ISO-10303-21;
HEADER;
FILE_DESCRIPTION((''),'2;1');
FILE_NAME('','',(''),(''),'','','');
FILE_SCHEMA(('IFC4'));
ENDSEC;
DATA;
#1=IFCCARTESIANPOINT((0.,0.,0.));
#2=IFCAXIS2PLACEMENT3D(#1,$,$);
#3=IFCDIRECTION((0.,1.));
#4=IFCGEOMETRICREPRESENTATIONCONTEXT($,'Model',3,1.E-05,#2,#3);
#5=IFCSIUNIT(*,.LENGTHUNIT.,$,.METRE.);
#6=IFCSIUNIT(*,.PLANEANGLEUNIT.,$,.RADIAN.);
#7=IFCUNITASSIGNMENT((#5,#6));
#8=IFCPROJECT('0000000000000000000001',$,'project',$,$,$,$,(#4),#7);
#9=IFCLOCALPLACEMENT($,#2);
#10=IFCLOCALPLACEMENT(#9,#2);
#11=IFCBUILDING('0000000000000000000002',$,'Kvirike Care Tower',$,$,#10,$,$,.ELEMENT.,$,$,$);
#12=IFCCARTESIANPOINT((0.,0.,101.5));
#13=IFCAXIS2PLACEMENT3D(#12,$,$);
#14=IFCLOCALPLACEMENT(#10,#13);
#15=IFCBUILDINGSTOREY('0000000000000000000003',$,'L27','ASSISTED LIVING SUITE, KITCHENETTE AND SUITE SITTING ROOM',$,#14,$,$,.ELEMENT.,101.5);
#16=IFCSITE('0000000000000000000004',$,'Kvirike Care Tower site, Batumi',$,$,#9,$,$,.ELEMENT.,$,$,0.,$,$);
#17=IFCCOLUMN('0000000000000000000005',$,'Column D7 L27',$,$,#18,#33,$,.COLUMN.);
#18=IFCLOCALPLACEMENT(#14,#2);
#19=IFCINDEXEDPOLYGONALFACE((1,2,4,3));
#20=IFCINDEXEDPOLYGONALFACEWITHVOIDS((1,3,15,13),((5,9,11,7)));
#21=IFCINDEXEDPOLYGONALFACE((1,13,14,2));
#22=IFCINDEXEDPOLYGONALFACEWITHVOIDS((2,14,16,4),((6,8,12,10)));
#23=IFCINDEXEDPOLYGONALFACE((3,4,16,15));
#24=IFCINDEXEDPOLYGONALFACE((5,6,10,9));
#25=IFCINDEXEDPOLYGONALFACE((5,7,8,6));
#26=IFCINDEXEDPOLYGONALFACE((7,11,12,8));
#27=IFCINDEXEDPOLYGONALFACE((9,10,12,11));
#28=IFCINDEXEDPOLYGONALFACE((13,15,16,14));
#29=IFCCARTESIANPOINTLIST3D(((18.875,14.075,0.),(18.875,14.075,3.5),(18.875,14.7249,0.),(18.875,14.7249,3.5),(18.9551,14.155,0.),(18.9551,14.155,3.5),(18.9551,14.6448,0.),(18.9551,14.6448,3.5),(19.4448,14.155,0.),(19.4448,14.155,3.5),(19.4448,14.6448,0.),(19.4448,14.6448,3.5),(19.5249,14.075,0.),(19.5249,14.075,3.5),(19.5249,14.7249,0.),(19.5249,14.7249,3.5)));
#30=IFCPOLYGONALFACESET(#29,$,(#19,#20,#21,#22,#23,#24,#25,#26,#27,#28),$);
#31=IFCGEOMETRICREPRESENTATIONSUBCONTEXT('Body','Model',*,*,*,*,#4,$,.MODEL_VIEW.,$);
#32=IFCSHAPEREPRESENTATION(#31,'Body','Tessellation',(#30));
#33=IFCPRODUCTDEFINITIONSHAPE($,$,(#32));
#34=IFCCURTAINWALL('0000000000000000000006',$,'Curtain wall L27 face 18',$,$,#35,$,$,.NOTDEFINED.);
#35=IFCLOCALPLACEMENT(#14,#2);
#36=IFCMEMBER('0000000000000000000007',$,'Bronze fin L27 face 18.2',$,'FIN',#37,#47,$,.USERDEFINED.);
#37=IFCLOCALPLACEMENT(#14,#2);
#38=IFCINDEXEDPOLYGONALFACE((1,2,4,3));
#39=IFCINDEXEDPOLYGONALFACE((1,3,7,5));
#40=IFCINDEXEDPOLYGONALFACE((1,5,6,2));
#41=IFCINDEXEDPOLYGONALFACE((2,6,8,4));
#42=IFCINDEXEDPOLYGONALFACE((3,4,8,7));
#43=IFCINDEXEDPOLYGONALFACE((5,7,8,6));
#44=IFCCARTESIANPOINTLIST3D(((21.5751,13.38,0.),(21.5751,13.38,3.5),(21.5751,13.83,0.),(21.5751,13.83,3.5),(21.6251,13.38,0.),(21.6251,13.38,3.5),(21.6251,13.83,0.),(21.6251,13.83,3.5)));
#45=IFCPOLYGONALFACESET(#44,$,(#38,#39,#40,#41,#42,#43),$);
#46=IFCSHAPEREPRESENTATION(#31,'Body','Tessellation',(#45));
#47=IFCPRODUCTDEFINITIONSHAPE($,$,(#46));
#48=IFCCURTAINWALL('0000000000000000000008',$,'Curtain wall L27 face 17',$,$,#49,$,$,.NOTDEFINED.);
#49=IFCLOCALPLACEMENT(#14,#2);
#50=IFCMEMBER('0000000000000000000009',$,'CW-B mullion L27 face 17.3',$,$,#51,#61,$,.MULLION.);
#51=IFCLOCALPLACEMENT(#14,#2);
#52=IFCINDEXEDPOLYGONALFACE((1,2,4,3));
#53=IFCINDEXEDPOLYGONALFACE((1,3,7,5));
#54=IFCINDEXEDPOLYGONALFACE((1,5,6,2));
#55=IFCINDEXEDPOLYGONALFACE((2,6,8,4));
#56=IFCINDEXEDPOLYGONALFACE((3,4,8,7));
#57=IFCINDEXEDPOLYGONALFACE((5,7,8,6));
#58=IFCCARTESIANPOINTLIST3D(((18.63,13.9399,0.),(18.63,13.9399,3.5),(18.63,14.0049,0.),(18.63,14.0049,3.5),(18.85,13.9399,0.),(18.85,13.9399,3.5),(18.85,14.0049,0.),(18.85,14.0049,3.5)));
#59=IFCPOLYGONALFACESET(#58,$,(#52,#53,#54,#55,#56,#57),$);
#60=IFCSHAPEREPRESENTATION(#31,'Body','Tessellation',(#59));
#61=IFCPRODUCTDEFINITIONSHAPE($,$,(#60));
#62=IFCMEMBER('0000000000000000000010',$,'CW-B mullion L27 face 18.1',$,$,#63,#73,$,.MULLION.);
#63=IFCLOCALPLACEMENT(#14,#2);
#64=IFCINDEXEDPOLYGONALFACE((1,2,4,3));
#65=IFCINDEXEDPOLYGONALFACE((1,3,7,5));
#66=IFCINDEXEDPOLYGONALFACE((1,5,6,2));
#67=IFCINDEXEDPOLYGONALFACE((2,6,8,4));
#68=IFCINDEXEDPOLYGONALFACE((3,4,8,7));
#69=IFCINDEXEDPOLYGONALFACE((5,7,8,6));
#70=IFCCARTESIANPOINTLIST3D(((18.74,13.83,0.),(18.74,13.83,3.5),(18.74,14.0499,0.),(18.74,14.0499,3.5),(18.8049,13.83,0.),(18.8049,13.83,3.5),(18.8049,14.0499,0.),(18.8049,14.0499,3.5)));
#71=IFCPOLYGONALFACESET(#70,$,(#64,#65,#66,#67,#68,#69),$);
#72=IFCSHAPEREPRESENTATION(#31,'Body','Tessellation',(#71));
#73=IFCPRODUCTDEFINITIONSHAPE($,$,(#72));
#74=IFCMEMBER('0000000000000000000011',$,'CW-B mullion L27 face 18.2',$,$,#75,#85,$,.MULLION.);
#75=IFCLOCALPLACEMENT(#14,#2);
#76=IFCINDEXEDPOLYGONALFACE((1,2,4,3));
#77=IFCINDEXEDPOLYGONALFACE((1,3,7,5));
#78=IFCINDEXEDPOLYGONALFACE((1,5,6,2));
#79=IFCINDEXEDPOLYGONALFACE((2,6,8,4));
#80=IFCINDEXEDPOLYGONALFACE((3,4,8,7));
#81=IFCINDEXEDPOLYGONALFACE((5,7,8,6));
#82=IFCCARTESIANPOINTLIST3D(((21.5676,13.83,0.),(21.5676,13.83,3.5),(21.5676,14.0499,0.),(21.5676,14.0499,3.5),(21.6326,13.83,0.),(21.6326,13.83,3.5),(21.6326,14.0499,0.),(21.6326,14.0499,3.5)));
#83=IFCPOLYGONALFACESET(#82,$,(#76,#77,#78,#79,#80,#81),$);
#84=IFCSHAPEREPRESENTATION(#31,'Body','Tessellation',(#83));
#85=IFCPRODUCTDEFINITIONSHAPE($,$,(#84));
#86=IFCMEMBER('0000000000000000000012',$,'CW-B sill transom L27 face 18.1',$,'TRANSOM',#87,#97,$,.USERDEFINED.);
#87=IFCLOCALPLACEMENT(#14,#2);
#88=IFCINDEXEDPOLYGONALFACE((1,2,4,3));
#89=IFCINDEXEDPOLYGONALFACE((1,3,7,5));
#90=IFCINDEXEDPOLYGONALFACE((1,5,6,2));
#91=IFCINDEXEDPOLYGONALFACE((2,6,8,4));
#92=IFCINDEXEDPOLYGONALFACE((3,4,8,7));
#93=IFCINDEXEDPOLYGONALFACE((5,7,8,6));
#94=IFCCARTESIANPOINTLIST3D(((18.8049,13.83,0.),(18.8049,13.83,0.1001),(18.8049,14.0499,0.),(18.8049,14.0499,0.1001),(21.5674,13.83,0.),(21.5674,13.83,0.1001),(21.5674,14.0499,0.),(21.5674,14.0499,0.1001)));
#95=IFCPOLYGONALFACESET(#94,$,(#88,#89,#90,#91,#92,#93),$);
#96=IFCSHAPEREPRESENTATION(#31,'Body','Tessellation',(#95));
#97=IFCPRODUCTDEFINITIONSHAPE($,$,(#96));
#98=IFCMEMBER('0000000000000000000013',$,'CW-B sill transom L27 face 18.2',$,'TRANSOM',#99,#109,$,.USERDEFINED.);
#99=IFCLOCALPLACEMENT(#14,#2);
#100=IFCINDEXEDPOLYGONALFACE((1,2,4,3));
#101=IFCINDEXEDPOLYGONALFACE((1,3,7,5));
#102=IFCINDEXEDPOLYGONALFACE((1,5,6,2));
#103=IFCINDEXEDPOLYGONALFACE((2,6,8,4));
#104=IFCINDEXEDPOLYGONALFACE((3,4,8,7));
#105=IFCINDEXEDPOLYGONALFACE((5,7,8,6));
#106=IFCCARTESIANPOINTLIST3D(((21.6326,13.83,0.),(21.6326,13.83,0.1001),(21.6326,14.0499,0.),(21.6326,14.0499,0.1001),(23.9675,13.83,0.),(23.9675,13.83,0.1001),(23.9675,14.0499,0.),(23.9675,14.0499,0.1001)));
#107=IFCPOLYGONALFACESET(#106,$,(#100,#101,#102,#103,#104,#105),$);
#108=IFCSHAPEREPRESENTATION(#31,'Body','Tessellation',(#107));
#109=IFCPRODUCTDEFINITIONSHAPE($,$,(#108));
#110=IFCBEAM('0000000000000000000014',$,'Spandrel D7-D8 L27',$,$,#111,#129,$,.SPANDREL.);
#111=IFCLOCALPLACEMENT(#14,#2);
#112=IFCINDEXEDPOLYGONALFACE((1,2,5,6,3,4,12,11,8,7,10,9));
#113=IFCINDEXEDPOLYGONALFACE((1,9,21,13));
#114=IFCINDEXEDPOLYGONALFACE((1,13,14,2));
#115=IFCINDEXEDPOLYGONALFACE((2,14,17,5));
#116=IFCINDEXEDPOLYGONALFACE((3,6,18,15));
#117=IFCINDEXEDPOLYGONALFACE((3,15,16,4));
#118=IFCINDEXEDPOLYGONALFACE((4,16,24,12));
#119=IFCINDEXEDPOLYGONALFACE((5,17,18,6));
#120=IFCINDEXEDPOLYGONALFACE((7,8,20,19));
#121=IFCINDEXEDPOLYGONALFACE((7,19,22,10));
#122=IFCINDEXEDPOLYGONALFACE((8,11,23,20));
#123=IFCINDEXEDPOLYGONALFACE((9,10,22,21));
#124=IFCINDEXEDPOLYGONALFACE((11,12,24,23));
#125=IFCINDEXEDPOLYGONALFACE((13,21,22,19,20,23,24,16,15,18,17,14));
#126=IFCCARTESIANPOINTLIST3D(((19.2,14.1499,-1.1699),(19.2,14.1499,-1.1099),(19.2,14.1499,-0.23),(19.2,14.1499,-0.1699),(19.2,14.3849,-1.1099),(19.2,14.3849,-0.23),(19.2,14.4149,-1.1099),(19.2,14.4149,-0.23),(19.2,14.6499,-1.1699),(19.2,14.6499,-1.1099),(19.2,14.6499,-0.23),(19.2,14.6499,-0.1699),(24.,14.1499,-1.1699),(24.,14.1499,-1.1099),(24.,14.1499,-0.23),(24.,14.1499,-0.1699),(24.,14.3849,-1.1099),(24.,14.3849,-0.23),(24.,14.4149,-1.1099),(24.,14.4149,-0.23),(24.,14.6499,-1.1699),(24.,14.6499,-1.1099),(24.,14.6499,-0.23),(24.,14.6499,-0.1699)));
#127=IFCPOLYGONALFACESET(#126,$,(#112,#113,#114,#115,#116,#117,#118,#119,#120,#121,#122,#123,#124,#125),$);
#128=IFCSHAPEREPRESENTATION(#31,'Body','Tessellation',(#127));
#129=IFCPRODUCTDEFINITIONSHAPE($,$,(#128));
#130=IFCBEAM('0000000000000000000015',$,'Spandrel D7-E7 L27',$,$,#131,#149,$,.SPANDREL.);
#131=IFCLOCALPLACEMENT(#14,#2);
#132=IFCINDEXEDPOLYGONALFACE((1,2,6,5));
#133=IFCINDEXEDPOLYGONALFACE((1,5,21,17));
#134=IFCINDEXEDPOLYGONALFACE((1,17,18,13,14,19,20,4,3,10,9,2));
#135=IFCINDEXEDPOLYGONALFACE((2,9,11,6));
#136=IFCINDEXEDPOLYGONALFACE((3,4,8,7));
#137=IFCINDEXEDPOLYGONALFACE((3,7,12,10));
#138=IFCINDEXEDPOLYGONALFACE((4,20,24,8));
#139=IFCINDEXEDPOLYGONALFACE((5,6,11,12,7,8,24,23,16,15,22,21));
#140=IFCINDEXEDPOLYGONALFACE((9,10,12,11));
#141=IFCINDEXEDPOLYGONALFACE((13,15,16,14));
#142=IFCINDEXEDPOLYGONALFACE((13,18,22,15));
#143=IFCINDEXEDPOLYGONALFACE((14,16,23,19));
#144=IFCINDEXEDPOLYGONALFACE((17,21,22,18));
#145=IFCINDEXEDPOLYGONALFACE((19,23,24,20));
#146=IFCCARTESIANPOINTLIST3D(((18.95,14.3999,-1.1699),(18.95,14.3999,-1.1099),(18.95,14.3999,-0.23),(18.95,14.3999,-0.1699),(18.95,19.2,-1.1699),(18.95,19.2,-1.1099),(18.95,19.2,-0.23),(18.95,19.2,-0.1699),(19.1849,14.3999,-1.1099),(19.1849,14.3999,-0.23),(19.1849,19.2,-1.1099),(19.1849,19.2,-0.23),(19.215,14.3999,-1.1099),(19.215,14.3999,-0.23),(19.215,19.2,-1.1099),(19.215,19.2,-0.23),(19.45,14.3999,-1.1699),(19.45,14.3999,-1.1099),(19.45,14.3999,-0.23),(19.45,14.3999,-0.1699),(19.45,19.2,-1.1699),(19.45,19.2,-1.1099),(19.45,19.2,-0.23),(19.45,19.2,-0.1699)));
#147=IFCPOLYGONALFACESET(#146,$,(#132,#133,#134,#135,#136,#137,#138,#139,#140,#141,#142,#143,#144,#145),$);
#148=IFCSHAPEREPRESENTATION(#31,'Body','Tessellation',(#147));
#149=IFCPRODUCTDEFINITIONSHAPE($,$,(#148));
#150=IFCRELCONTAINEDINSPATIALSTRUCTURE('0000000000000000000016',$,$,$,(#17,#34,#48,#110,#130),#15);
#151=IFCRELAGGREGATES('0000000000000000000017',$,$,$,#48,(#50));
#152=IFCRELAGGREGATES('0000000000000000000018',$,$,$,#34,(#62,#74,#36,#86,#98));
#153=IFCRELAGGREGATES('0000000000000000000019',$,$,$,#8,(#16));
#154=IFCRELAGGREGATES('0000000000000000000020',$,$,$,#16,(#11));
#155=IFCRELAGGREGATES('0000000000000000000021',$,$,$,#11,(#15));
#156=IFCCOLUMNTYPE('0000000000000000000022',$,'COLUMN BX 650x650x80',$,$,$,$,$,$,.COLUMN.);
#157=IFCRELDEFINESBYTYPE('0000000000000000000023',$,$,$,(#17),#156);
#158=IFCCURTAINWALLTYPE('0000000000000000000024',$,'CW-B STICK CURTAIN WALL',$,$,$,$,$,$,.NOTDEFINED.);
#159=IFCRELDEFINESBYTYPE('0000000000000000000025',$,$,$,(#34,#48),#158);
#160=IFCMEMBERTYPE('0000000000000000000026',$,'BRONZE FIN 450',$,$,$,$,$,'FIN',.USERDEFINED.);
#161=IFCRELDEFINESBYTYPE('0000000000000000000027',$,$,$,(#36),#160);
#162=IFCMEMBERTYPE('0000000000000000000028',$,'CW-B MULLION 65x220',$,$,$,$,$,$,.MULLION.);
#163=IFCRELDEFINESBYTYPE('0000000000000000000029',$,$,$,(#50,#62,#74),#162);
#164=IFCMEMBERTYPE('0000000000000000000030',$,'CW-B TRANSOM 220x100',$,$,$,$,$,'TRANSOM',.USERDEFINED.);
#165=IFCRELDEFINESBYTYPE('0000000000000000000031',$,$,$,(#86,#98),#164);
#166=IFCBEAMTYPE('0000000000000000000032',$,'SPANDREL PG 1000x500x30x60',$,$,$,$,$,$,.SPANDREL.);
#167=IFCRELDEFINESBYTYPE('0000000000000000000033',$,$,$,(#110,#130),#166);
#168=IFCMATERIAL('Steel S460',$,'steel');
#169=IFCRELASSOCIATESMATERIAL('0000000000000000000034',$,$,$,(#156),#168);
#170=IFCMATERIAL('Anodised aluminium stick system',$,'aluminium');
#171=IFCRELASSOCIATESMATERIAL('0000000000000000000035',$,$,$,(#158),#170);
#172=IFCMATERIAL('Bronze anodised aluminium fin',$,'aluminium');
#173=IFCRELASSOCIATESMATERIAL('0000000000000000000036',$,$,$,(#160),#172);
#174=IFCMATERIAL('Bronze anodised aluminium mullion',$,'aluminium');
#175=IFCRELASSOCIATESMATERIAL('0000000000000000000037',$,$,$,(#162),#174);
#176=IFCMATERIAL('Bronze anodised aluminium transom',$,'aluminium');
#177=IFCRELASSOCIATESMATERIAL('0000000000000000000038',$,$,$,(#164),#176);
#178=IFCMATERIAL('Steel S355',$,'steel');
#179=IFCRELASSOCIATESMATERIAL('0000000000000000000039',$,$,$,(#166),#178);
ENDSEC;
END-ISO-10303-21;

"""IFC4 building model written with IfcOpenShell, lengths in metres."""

from ifc_helpers import new_model, si_unit, direction, frame, origin, origin_2d, place, context, subcontext, project, spatial, rectangle, hollow_rectangle, i_section, extrude, material, material_profile, profile_set, type_object, element, aggregate, save


model = new_model("IFC4")

# Units and contexts
model_context = context("Model", 3, precision=1e-05, world=origin(), true_north=direction((0.0, 1.0)))
body_context = subcontext(model_context, "Body", "Model", "MODEL_VIEW")
ifc_project = project(units=[si_unit("LENGTHUNIT", "METRE"), si_unit("PLANEANGLEUNIT", "RADIAN")], contexts=[model_context])

# Site, building, storey
site_placement = place(None, origin())
site = spatial("IfcSite", under=ifc_project, at=site_placement, Name="Kvirike Care Tower site, Batumi", CompositionType="ELEMENT", RefElevation=0.0)
building_placement = place(site_placement, origin())
building = spatial("IfcBuilding", under=site, at=building_placement, Name="Kvirike Care Tower", CompositionType="ELEMENT")
storey_placement = place(building_placement, frame((0.0, 0.0, 101.5)))
storey = spatial("IfcBuildingStorey", under=building, at=storey_placement, Name="L27", Description="ASSISTED LIVING SUITE, KITCHENETTE AND SUITE SITTING ROOM", CompositionType="ELEMENT", Elevation=101.5)

# Column
ifc_material_1 = material(Name="Steel S460", Category="steel")
ifc_material_profile_1 = material_profile(ifc_material_1, hollow_rectangle(XDim=0.6499, YDim=0.6499, WallThickness=0.0801, at=origin_2d()), Name="BX 650x650x80")
ifc_profile_set_1 = profile_set([ifc_material_profile_1], Name="Steel S460")
column_type = type_object("IfcColumnType", Name="COLUMN BX 650x650x80", PredefinedType="COLUMN", material=ifc_profile_set_1)
column_placement = place(storey_placement, frame((19.2, 14.3999, 0.0), z_axis=(0.0, 0.0, 1.0), x_axis=(0.0, 1.0, 0.0)))
element("IfcColumn", 1, at=column_placement, inside=storey, type_object=column_type, Name="Column D7 L27", PredefinedType="COLUMN", context=body_context, shape_type="SweptSolid", body=[
    extrude(hollow_rectangle(XDim=0.6499, YDim=0.6499, WallThickness=0.0801, at=origin_2d()), origin(), (0.0, 0.0, 1.0), 3.5),
])

# Curtain walls, members
ifc_material_2 = material(Name="Anodised aluminium stick system", Category="aluminium")
curtain_wall_type = type_object("IfcCurtainWallType", Name="CW-B STICK CURTAIN WALL", PredefinedType="NOTDEFINED", material=ifc_material_2)
curtain_wall_1_placement = place(storey_placement, origin())
curtain_wall_1 = element("IfcCurtainWall", 2, at=curtain_wall_1_placement, inside=storey, type_object=curtain_wall_type, Name="Curtain wall L27 face 18", PredefinedType="NOTDEFINED")
ifc_material_3 = material(Name="Bronze anodised aluminium fin", Category="aluminium")
ifc_material_profile_2 = material_profile(ifc_material_3, rectangle(XDim=0.05, YDim=0.45, at=origin_2d()), Name="BRONZE FIN 450")
ifc_profile_set_2 = profile_set([ifc_material_profile_2], Name="Bronze anodised aluminium fin")
member_type_1 = type_object("IfcMemberType", Name="BRONZE FIN 450", ElementType="FIN", PredefinedType="USERDEFINED", material=ifc_profile_set_2)
member_1_placement = place(storey_placement, frame((21.6001, 13.605, 0.0), z_axis=(0.0, 0.0, 1.0), x_axis=(1.0, 0.0, 0.0)))
member_1 = element("IfcMember", 3, at=member_1_placement, type_object=member_type_1, Name="Bronze fin L27 face 18.2", ObjectType="FIN", PredefinedType="USERDEFINED", context=body_context, shape_type="SweptSolid", body=[
    extrude(rectangle(XDim=0.05, YDim=0.45, at=origin_2d()), origin(), (0.0, 0.0, 1.0), 3.5),
])
curtain_wall_2_placement = place(storey_placement, origin())
curtain_wall_2 = element("IfcCurtainWall", 4, at=curtain_wall_2_placement, inside=storey, type_object=curtain_wall_type, Name="Curtain wall L27 face 17", PredefinedType="NOTDEFINED")
ifc_material_4 = material(Name="Bronze anodised aluminium mullion", Category="aluminium")
ifc_material_profile_3 = material_profile(ifc_material_4, rectangle(XDim=0.0649, YDim=0.22, at=origin_2d()), Name="CW-B MULLION 65x220")
ifc_profile_set_3 = profile_set([ifc_material_profile_3], Name="Bronze anodised aluminium mullion")
member_type_2 = type_object("IfcMemberType", Name="CW-B MULLION 65x220", PredefinedType="MULLION", material=ifc_profile_set_3)
member_2_placement = place(storey_placement, frame((18.74, 13.9724, 0.0), z_axis=(0.0, 0.0, 1.0), x_axis=(0.0, -1.0, 0.0)))
member_2 = element("IfcMember", 5, at=member_2_placement, type_object=member_type_2, Name="CW-B mullion L27 face 17.3", PredefinedType="MULLION", context=body_context, shape_type="SweptSolid", body=[
    extrude(rectangle(XDim=0.0649, YDim=0.22, at=origin_2d()), origin(), (0.0, 0.0, 1.0), 3.5),
])

# Members
member_3_placement = place(storey_placement, frame((18.7725, 13.9399, 0.0), z_axis=(0.0, 0.0, 1.0), x_axis=(1.0, 0.0, 0.0)))
member_3 = element("IfcMember", 6, at=member_3_placement, type_object=member_type_2, Name="CW-B mullion L27 face 18.1", PredefinedType="MULLION", context=body_context, shape_type="SweptSolid", body=[
    extrude(rectangle(XDim=0.0649, YDim=0.22, at=origin_2d()), origin(), (0.0, 0.0, 1.0), 3.5),
])
member_4_placement = place(storey_placement, frame((21.6001, 13.9399, 0.0), z_axis=(0.0, 0.0, 1.0), x_axis=(1.0, 0.0, 0.0)))
member_4 = element("IfcMember", 7, at=member_4_placement, type_object=member_type_2, Name="CW-B mullion L27 face 18.2", PredefinedType="MULLION", context=body_context, shape_type="SweptSolid", body=[
    extrude(rectangle(XDim=0.0649, YDim=0.22, at=origin_2d()), origin(), (0.0, 0.0, 1.0), 3.5),
])
ifc_material_5 = material(Name="Bronze anodised aluminium transom", Category="aluminium")
ifc_material_profile_4 = material_profile(ifc_material_5, rectangle(XDim=0.22, YDim=0.1001, at=origin_2d()), Name="CW-B TRANSOM 220x100")
ifc_profile_set_4 = profile_set([ifc_material_profile_4], Name="Bronze anodised aluminium transom")
member_type_3 = type_object("IfcMemberType", Name="CW-B TRANSOM 220x100", ElementType="TRANSOM", PredefinedType="USERDEFINED", material=ifc_profile_set_4)
member_5_placement = place(storey_placement, frame((18.8049, 13.9399, 0.05), z_axis=(1.0, 0.0, 0.0), x_axis=(0.0, 1.0, 0.0)))
member_5 = element("IfcMember", 8, at=member_5_placement, type_object=member_type_3, Name="CW-B sill transom L27 face 18.1", ObjectType="TRANSOM", PredefinedType="USERDEFINED", context=body_context, shape_type="SweptSolid", body=[
    extrude(rectangle(XDim=0.22, YDim=0.1001, at=origin_2d()), origin(), (0.0, 0.0, 1.0), 2.7625),
])
member_6_placement = place(storey_placement, frame((21.6326, 13.9399, 0.05), z_axis=(1.0, 0.0, 0.0), x_axis=(0.0, 1.0, 0.0)))
member_6 = element("IfcMember", 9, at=member_6_placement, type_object=member_type_3, Name="CW-B sill transom L27 face 18.2", ObjectType="TRANSOM", PredefinedType="USERDEFINED", context=body_context, shape_type="SweptSolid", body=[
    extrude(rectangle(XDim=0.22, YDim=0.1001, at=origin_2d()), origin(), (0.0, 0.0, 1.0), 2.335),
])

# Beams
ifc_material_6 = material(Name="Steel S355", Category="steel")
ifc_material_profile_5 = material_profile(ifc_material_6, i_section(OverallWidth=0.5, OverallDepth=1.0, WebThickness=0.03, FlangeThickness=0.0601, at=origin_2d()), Name="PG 1000x500x30x60")
ifc_profile_set_5 = profile_set([ifc_material_profile_5], Name="Steel S355")
beam_type = type_object("IfcBeamType", Name="SPANDREL PG 1000x500x30x60", PredefinedType="SPANDREL", material=ifc_profile_set_5)
for number, where, z_axis, x_axis, name in (
    (10, (19.2, 14.3999, -0.6699), (1.0, 0.0, 0.0), (0.0, 1.0, 0.0), "Spandrel D7-D8 L27"),
    (11, (19.2, 14.3999, -0.6699), (0.0, 1.0, 0.0), (-1.0, 0.0, 0.0), "Spandrel D7-E7 L27"),
):
    element("IfcBeam", number, at=place(storey_placement, frame(where, z_axis=z_axis, x_axis=x_axis)), inside=storey, type_object=beam_type, Name=name, PredefinedType="SPANDREL", context=body_context, shape_type="SweptSolid", body=[
        extrude(i_section(OverallWidth=0.5, OverallDepth=1.0, WebThickness=0.03, FlangeThickness=0.0601, at=origin_2d()), origin(), (0.0, 0.0, 1.0), 4.8),
    ])

aggregate(curtain_wall_2, [member_2])
aggregate(curtain_wall_1, [member_3, member_4, member_1, member_5, member_6])

save(model, "model.ifc")
